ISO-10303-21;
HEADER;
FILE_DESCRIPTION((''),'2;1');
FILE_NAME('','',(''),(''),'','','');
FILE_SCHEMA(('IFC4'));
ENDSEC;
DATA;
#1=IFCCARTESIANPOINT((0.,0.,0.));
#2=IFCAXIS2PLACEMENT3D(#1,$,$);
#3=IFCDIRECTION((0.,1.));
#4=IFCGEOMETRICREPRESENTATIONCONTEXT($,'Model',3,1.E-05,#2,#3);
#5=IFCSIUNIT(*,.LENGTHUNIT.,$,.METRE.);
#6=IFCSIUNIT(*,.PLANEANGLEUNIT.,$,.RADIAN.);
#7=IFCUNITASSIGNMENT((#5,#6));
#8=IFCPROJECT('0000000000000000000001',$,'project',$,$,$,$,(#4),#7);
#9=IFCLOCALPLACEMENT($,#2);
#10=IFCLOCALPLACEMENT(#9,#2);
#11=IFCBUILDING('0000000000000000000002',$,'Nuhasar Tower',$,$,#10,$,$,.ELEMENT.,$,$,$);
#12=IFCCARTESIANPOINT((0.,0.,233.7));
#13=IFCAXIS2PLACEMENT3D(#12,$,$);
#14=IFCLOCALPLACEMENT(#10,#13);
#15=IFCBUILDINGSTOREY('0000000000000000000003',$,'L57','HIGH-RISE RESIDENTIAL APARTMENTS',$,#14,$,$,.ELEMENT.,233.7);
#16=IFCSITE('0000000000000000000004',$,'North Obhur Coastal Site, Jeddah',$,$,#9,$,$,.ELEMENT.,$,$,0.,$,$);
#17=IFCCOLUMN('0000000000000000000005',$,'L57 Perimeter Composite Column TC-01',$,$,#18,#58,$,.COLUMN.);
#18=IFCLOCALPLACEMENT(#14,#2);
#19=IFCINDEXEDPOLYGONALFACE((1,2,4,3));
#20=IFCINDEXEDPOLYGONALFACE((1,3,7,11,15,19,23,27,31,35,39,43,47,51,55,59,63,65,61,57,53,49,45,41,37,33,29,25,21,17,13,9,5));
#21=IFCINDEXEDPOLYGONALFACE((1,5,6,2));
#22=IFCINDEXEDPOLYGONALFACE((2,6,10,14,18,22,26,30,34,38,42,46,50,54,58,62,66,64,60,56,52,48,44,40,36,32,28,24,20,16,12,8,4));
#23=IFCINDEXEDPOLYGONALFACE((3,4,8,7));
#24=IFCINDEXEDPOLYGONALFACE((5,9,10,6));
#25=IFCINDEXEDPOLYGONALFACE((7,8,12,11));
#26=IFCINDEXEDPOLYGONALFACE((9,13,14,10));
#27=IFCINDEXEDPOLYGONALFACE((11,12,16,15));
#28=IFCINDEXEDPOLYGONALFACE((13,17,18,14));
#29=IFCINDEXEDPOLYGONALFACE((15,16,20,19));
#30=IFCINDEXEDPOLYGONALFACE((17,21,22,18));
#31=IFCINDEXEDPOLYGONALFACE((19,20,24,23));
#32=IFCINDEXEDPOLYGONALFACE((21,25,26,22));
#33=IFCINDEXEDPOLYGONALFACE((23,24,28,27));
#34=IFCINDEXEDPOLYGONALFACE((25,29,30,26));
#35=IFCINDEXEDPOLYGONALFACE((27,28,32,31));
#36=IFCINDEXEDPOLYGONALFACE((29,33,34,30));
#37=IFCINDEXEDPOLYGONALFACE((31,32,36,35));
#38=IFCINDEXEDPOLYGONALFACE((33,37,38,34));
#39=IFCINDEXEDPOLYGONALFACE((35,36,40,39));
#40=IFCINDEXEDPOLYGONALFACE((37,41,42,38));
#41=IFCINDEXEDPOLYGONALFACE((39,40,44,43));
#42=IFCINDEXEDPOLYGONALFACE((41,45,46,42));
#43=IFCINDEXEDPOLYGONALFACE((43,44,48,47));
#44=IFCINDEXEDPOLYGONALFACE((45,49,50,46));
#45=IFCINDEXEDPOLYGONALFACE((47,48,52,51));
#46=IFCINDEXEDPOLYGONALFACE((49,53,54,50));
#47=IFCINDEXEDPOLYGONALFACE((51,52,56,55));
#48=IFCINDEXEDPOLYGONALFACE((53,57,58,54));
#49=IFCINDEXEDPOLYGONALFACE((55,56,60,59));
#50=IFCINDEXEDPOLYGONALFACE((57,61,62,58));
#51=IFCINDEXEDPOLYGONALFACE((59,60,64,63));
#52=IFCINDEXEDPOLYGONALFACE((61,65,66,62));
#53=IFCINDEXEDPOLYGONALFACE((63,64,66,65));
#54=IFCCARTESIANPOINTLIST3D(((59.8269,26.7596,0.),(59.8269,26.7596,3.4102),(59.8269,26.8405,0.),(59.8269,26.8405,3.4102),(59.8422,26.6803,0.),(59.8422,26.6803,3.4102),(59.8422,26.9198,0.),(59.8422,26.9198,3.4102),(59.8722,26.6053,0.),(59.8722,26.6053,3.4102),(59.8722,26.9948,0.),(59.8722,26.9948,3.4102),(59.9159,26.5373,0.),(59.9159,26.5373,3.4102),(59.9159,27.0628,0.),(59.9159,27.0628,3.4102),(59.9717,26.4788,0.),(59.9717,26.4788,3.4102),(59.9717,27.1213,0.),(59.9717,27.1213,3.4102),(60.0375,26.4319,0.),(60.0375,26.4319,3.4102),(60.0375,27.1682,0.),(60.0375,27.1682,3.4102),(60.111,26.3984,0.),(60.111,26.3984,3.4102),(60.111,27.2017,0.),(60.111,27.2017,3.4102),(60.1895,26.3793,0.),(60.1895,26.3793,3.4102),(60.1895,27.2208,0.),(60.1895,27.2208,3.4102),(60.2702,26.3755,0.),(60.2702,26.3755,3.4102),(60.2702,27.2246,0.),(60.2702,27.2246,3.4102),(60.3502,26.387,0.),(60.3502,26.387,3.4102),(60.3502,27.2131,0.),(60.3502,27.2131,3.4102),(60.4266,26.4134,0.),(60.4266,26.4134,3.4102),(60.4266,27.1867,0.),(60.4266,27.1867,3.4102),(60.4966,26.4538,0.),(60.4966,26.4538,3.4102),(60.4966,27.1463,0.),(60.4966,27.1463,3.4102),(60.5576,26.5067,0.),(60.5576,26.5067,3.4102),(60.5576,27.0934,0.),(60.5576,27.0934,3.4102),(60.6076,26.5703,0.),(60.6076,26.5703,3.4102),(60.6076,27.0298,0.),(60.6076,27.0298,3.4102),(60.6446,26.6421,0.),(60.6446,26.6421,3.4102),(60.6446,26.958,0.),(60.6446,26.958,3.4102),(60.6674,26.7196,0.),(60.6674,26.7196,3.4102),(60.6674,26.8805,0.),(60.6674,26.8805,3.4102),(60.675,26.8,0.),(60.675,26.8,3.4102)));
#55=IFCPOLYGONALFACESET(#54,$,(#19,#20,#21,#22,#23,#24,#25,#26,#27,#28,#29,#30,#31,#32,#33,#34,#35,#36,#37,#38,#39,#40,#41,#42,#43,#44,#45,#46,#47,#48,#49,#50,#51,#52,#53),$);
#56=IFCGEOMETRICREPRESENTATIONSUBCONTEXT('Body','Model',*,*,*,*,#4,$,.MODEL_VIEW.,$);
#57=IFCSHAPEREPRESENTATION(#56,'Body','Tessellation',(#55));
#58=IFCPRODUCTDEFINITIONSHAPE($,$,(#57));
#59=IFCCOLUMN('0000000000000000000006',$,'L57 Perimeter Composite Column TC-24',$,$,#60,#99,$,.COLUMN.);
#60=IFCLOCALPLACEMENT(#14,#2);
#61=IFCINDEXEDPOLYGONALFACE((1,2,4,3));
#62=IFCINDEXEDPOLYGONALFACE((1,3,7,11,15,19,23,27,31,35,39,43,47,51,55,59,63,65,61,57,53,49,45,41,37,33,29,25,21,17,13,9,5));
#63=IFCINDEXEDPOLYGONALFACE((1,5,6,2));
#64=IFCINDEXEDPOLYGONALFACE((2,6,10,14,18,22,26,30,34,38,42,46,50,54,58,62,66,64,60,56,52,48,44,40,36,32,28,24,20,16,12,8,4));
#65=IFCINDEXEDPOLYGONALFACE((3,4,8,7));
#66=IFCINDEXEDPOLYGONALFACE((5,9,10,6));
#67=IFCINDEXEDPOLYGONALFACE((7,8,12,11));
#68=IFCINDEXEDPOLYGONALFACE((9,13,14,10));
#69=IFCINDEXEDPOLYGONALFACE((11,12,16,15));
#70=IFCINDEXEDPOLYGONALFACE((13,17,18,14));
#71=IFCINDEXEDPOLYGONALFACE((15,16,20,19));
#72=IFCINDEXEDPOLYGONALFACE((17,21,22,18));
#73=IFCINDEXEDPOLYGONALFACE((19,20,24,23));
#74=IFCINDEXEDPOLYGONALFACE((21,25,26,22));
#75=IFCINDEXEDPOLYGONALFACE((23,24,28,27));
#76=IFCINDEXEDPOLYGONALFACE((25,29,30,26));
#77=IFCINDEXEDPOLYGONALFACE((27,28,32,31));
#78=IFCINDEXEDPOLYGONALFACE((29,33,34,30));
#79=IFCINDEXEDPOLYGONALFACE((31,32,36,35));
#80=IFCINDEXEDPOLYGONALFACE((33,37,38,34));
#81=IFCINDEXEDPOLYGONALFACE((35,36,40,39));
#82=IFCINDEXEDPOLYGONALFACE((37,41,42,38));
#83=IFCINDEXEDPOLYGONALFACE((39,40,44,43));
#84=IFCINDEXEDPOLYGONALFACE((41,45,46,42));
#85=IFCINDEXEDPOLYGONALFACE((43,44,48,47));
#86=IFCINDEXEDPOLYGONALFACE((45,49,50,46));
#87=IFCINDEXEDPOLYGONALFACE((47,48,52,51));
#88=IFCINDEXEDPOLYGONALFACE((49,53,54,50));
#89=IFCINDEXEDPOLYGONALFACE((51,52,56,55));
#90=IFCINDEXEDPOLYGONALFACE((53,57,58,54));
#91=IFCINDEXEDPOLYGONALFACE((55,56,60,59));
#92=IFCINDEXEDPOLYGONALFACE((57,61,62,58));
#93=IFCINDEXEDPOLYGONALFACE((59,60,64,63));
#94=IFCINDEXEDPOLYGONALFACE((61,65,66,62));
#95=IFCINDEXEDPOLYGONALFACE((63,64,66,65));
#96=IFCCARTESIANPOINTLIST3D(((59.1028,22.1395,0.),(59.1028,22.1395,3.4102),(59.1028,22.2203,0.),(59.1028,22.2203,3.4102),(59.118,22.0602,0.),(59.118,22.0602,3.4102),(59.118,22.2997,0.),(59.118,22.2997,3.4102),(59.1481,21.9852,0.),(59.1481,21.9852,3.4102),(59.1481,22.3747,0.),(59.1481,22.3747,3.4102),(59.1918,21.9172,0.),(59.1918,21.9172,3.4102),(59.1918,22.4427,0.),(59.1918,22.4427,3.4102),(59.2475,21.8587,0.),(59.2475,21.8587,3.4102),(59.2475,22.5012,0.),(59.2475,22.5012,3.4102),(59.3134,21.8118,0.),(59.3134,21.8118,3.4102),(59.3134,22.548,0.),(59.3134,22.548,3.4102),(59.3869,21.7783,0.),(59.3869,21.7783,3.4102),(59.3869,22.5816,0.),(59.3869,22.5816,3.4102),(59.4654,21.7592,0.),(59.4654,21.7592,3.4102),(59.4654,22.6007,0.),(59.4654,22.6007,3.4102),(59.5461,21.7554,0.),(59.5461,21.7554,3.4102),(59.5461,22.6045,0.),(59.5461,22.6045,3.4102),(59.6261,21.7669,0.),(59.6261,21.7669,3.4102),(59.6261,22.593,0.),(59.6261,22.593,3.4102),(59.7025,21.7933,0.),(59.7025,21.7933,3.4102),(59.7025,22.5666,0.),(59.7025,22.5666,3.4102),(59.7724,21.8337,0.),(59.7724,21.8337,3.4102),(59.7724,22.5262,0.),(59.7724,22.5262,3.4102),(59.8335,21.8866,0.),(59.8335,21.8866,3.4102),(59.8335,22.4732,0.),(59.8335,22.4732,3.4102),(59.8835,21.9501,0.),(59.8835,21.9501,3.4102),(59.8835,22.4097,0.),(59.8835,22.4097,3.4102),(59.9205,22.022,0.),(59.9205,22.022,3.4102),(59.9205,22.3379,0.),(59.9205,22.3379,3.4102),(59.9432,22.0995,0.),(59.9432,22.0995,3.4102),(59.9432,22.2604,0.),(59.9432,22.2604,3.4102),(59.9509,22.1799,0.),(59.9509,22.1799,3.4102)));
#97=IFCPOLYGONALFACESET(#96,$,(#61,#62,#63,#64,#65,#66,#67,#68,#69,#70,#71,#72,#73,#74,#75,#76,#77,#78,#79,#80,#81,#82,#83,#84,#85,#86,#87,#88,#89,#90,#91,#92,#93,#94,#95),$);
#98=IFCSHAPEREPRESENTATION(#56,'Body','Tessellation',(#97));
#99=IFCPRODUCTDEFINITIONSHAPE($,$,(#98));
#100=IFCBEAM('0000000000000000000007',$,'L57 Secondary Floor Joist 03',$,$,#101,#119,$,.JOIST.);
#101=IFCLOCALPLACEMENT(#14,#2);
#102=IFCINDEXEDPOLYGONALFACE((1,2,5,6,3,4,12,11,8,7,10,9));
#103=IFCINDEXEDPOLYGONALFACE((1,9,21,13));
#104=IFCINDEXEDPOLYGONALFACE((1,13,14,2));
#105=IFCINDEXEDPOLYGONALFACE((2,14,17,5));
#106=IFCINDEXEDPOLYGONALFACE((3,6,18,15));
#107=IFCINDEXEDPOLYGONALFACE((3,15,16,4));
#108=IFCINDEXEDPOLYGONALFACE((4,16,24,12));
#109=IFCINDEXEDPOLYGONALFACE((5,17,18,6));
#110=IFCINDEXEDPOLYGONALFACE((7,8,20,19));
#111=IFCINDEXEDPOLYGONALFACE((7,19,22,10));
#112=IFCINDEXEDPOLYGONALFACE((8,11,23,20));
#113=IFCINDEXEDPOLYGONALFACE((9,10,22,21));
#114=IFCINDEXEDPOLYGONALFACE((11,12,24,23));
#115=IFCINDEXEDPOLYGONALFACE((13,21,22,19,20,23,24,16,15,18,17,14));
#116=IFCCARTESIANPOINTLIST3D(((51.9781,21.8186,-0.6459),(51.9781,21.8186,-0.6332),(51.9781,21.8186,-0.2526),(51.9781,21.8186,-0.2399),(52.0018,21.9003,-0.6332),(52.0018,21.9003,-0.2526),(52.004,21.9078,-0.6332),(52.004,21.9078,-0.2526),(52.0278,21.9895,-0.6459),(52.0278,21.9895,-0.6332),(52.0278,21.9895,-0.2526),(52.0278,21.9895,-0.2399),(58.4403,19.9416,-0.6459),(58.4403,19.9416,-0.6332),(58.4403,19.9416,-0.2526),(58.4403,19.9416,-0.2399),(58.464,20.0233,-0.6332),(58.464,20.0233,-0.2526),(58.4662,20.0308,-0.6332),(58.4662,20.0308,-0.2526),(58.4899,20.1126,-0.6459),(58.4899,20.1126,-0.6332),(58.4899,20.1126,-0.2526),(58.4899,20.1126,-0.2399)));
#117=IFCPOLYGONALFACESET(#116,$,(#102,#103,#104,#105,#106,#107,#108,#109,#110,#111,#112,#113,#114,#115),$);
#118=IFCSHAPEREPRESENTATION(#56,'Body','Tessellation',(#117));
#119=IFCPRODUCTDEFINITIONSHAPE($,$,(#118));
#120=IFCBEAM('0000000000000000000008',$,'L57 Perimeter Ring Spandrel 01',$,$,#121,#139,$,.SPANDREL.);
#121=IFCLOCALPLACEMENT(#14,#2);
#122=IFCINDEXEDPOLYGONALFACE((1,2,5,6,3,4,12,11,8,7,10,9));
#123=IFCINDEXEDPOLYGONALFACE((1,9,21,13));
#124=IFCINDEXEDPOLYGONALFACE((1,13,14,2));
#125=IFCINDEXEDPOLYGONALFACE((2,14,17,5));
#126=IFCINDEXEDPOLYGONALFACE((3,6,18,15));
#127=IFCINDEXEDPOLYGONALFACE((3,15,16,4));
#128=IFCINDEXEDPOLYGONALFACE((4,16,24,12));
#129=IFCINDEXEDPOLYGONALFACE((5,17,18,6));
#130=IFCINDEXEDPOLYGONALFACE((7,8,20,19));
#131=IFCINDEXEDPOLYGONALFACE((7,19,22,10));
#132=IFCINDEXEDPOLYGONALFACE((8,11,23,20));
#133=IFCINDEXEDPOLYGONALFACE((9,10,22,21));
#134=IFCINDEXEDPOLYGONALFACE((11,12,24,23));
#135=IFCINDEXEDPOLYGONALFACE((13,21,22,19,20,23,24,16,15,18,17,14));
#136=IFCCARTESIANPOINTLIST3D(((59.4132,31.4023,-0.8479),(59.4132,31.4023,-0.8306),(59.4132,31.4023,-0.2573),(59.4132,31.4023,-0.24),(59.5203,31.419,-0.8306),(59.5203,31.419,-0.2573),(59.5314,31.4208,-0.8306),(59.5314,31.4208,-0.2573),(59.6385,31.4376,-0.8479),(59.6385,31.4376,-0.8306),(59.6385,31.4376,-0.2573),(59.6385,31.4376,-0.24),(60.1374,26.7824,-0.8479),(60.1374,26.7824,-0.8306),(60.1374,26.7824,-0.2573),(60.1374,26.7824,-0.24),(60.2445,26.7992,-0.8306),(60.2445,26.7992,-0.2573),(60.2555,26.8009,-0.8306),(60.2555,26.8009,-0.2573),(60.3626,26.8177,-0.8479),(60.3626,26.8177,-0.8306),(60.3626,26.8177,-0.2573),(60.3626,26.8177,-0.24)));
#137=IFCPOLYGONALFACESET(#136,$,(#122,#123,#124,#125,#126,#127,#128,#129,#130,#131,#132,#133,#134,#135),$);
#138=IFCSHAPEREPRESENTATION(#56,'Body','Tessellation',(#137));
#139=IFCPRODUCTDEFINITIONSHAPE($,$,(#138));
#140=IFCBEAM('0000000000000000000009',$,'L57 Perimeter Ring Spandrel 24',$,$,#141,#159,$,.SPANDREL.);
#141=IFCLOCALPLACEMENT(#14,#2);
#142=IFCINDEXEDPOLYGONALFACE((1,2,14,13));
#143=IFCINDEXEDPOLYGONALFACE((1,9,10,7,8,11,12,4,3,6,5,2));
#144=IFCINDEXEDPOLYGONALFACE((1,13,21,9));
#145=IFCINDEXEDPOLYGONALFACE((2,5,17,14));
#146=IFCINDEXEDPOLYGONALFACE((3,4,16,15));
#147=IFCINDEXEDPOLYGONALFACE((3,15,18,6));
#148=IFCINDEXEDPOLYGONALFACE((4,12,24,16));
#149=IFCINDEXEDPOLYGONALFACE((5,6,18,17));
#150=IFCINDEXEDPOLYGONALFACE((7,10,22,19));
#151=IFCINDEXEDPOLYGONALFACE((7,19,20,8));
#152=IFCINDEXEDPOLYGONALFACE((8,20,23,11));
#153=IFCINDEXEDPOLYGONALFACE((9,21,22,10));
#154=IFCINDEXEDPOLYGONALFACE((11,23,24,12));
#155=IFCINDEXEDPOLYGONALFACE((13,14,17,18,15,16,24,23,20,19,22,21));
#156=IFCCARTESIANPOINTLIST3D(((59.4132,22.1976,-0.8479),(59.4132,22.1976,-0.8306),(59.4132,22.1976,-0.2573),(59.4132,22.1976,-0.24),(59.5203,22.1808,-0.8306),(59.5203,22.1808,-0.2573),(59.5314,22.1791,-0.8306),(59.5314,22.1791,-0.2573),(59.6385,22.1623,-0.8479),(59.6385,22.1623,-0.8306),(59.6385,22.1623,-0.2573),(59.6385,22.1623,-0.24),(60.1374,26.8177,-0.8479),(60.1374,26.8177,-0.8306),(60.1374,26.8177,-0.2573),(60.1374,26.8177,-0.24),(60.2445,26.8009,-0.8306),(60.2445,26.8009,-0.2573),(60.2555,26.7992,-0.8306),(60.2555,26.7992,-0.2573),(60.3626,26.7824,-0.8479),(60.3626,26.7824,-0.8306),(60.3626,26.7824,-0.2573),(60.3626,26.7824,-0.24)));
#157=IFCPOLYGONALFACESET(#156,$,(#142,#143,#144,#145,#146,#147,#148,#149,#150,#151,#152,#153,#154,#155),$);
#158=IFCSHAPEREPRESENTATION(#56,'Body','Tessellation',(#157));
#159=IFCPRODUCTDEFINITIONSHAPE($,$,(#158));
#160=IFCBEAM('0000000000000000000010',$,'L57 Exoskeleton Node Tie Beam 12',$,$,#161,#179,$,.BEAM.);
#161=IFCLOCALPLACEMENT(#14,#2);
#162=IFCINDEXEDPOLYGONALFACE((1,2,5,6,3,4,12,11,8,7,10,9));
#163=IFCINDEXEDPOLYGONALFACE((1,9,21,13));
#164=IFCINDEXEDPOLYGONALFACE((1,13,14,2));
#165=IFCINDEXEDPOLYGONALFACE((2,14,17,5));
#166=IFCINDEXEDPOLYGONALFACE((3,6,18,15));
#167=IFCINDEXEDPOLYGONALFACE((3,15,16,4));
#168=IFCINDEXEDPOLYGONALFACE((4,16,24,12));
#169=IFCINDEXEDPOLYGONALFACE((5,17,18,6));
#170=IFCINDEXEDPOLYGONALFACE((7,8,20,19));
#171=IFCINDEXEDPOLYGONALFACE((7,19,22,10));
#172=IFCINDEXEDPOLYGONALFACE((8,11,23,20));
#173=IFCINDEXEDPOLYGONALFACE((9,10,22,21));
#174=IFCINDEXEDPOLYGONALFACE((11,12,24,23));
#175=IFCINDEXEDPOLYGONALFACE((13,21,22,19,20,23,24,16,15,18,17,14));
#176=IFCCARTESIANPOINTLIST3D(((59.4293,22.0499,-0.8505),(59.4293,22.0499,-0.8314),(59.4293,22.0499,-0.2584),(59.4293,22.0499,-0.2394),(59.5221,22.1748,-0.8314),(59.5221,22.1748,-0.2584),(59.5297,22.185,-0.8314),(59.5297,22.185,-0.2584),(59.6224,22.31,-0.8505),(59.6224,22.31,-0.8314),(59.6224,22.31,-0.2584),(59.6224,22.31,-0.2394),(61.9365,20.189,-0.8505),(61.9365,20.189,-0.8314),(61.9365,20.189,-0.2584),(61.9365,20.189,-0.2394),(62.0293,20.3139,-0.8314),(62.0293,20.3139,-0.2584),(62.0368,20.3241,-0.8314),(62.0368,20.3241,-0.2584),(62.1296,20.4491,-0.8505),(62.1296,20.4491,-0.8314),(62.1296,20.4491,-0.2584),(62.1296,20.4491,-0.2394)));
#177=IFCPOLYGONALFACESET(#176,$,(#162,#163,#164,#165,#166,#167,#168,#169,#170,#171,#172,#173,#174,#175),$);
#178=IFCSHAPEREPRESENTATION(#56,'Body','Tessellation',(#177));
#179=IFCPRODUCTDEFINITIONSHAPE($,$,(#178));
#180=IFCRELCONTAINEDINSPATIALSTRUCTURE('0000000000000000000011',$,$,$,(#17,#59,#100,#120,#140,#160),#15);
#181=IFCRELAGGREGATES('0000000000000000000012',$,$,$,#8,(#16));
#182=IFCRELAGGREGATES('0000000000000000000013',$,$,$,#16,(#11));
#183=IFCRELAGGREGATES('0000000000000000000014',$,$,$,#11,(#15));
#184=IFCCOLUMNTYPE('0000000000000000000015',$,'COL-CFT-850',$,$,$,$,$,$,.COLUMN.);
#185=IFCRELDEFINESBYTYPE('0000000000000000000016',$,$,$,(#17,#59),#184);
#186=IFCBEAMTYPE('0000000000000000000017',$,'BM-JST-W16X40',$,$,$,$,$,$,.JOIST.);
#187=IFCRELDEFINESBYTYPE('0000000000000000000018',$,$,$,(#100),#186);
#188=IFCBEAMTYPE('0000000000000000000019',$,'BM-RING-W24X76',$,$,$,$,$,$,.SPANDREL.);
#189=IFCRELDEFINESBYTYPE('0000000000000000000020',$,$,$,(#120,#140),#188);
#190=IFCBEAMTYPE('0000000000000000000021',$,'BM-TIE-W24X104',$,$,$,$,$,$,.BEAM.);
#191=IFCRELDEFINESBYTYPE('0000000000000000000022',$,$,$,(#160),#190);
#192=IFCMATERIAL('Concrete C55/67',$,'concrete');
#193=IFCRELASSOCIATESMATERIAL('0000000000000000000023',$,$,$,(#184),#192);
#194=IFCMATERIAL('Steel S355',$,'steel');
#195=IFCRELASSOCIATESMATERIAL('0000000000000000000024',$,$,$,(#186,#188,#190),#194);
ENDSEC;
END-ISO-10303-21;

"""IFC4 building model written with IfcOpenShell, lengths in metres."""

from ifc_helpers import new_model, si_unit, direction, frame, origin, origin_2d, place, context, subcontext, project, spatial, circle, i_section, extrude, material, material_profile, profile_set, type_object, element, save


model = new_model("IFC4")

# Units and contexts
model_context = context("Model", 3, precision=1e-05, world=origin(), true_north=direction((0.0, 1.0)))
body_context = subcontext(model_context, "Body", "Model", "MODEL_VIEW")
ifc_project = project(units=[si_unit("LENGTHUNIT", "METRE"), si_unit("PLANEANGLEUNIT", "RADIAN")], contexts=[model_context])

# Site, building, storey
site_placement = place(None, origin())
site = spatial("IfcSite", under=ifc_project, at=site_placement, Name="North Obhur Coastal Site, Jeddah", CompositionType="ELEMENT", RefElevation=0.0)
building_placement = place(site_placement, origin())
building = spatial("IfcBuilding", under=site, at=building_placement, Name="Nuhasar Tower", CompositionType="ELEMENT")
storey_placement = place(building_placement, frame((0.0, 0.0, 233.7)))
storey = spatial("IfcBuildingStorey", under=building, at=storey_placement, Name="L57", Description="HIGH-RISE RESIDENTIAL APARTMENTS", CompositionType="ELEMENT", Elevation=233.7)

# Columns
ifc_material_1 = material(Name="Concrete C55/67", Category="concrete")
ifc_material_profile_1 = material_profile(ifc_material_1, circle(Radius=0.425, at=origin_2d()), Name="CFT850")
ifc_profile_set_1 = profile_set([ifc_material_profile_1], Name="Concrete C55/67")
column_type = type_object("IfcColumnType", Name="COL-CFT-850", PredefinedType="COLUMN", material=ifc_profile_set_1)
for number, where, z_axis, x_axis, name in (
    (1, (60.25, 26.8, 0.0), (0.0, 0.0, 1.0), (1.0, 0.0, 0.0), "L57 Perimeter Composite Column TC-01"),
    (2, (59.5259, 22.1799, 0.0), (0.0, 0.0, 1.0), (1.0, 0.0, 0.0), "L57 Perimeter Composite Column TC-24"),
):
    element("IfcColumn", number, at=place(storey_placement, frame(where, z_axis=z_axis, x_axis=x_axis)), inside=storey, type_object=column_type, Name=name, PredefinedType="COLUMN", context=body_context, shape_type="SweptSolid", body=[
        extrude(circle(Radius=0.425, at=origin_2d()), origin(), (0.0, 0.0, 1.0), 3.4102),
    ])

# Beams
ifc_material_2 = material(Name="Steel S355", Category="steel")
ifc_material_profile_2 = material_profile(ifc_material_2, i_section(OverallWidth=0.178, OverallDepth=0.406, WebThickness=0.0078, FlangeThickness=0.0127, at=origin_2d()), Name="W16X40")
ifc_profile_set_2 = profile_set([ifc_material_profile_2], Name="Steel S355")
beam_type_1 = type_object("IfcBeamType", Name="BM-JST-W16X40", PredefinedType="JOIST", material=ifc_profile_set_2)
beam_1_placement = place(storey_placement, frame((52.0029, 21.9041, -0.4429), z_axis=(0.960313, -0.278926, 0.0), x_axis=(0.278926, 0.960313, 0.0)))
element("IfcBeam", 3, at=beam_1_placement, inside=storey, type_object=beam_type_1, Name="L57 Secondary Floor Joist 03", PredefinedType="JOIST", context=body_context, shape_type="SweptSolid", body=[
    extrude(i_section(OverallWidth=0.178, OverallDepth=0.406, WebThickness=0.0078, FlangeThickness=0.0127, at=origin_2d()), origin(), (0.0, 0.0, 1.0), 6.7292),
])
ifc_material_profile_3 = material_profile(ifc_material_2, i_section(OverallWidth=0.228, OverallDepth=0.6079, WebThickness=0.0112, FlangeThickness=0.0173, at=origin_2d()), Name="W24X76")
ifc_profile_set_3 = profile_set([ifc_material_profile_3], Name="Steel S355")
beam_type_2 = type_object("IfcBeamType", Name="BM-RING-W24X76", PredefinedType="SPANDREL", material=ifc_profile_set_3)
beam_2_placement = place(storey_placement, frame((60.25, 26.8, -0.5439), z_axis=(-0.15485, 0.987938, 0.0), x_axis=(-0.987938, -0.15485, 0.0)))
element("IfcBeam", 4, at=beam_2_placement, inside=storey, type_object=beam_type_2, Name="L57 Perimeter Ring Spandrel 01", PredefinedType="SPANDREL", context=body_context, shape_type="SweptSolid", body=[
    extrude(i_section(OverallWidth=0.228, OverallDepth=0.6079, WebThickness=0.0112, FlangeThickness=0.0173, at=origin_2d()), origin(), (0.0, 0.0, 1.0), 4.6763),
])
beam_3_placement = place(storey_placement, frame((59.5259, 22.1799, -0.5439), z_axis=(0.154842, 0.987939, 0.0), x_axis=(-0.987939, 0.154842, 0.0)))
element("IfcBeam", 5, at=beam_3_placement, inside=storey, type_object=beam_type_2, Name="L57 Perimeter Ring Spandrel 24", PredefinedType="SPANDREL", context=body_context, shape_type="SweptSolid", body=[
    extrude(i_section(OverallWidth=0.228, OverallDepth=0.6079, WebThickness=0.0112, FlangeThickness=0.0173, at=origin_2d()), origin(), (0.0, 0.0, 1.0), 4.6765),
])
ifc_material_profile_4 = material_profile(ifc_material_2, i_section(OverallWidth=0.324, OverallDepth=0.6111, WebThickness=0.0127, FlangeThickness=0.019, at=origin_2d()), Name="W24X104")
ifc_profile_set_4 = profile_set([ifc_material_profile_4], Name="Steel S355")
beam_type_3 = type_object("IfcBeamType", Name="BM-TIE-W24X104", PredefinedType="BEAM", material=ifc_profile_set_4)
beam_4_placement = place(storey_placement, frame((59.5259, 22.1799, -0.5449), z_axis=(0.802983, -0.596001, 0.0), x_axis=(0.596001, 0.802983, 0.0)))
element("IfcBeam", 6, at=beam_4_placement, inside=storey, type_object=beam_type_3, Name="L57 Exoskeleton Node Tie Beam 12", PredefinedType="BEAM", context=body_context, shape_type="SweptSolid", body=[
    extrude(i_section(OverallWidth=0.324, OverallDepth=0.6111, WebThickness=0.0127, FlangeThickness=0.019, at=origin_2d()), origin(), (0.0, 0.0, 1.0), 3.1223),
])

save(model, "model.ifc")
